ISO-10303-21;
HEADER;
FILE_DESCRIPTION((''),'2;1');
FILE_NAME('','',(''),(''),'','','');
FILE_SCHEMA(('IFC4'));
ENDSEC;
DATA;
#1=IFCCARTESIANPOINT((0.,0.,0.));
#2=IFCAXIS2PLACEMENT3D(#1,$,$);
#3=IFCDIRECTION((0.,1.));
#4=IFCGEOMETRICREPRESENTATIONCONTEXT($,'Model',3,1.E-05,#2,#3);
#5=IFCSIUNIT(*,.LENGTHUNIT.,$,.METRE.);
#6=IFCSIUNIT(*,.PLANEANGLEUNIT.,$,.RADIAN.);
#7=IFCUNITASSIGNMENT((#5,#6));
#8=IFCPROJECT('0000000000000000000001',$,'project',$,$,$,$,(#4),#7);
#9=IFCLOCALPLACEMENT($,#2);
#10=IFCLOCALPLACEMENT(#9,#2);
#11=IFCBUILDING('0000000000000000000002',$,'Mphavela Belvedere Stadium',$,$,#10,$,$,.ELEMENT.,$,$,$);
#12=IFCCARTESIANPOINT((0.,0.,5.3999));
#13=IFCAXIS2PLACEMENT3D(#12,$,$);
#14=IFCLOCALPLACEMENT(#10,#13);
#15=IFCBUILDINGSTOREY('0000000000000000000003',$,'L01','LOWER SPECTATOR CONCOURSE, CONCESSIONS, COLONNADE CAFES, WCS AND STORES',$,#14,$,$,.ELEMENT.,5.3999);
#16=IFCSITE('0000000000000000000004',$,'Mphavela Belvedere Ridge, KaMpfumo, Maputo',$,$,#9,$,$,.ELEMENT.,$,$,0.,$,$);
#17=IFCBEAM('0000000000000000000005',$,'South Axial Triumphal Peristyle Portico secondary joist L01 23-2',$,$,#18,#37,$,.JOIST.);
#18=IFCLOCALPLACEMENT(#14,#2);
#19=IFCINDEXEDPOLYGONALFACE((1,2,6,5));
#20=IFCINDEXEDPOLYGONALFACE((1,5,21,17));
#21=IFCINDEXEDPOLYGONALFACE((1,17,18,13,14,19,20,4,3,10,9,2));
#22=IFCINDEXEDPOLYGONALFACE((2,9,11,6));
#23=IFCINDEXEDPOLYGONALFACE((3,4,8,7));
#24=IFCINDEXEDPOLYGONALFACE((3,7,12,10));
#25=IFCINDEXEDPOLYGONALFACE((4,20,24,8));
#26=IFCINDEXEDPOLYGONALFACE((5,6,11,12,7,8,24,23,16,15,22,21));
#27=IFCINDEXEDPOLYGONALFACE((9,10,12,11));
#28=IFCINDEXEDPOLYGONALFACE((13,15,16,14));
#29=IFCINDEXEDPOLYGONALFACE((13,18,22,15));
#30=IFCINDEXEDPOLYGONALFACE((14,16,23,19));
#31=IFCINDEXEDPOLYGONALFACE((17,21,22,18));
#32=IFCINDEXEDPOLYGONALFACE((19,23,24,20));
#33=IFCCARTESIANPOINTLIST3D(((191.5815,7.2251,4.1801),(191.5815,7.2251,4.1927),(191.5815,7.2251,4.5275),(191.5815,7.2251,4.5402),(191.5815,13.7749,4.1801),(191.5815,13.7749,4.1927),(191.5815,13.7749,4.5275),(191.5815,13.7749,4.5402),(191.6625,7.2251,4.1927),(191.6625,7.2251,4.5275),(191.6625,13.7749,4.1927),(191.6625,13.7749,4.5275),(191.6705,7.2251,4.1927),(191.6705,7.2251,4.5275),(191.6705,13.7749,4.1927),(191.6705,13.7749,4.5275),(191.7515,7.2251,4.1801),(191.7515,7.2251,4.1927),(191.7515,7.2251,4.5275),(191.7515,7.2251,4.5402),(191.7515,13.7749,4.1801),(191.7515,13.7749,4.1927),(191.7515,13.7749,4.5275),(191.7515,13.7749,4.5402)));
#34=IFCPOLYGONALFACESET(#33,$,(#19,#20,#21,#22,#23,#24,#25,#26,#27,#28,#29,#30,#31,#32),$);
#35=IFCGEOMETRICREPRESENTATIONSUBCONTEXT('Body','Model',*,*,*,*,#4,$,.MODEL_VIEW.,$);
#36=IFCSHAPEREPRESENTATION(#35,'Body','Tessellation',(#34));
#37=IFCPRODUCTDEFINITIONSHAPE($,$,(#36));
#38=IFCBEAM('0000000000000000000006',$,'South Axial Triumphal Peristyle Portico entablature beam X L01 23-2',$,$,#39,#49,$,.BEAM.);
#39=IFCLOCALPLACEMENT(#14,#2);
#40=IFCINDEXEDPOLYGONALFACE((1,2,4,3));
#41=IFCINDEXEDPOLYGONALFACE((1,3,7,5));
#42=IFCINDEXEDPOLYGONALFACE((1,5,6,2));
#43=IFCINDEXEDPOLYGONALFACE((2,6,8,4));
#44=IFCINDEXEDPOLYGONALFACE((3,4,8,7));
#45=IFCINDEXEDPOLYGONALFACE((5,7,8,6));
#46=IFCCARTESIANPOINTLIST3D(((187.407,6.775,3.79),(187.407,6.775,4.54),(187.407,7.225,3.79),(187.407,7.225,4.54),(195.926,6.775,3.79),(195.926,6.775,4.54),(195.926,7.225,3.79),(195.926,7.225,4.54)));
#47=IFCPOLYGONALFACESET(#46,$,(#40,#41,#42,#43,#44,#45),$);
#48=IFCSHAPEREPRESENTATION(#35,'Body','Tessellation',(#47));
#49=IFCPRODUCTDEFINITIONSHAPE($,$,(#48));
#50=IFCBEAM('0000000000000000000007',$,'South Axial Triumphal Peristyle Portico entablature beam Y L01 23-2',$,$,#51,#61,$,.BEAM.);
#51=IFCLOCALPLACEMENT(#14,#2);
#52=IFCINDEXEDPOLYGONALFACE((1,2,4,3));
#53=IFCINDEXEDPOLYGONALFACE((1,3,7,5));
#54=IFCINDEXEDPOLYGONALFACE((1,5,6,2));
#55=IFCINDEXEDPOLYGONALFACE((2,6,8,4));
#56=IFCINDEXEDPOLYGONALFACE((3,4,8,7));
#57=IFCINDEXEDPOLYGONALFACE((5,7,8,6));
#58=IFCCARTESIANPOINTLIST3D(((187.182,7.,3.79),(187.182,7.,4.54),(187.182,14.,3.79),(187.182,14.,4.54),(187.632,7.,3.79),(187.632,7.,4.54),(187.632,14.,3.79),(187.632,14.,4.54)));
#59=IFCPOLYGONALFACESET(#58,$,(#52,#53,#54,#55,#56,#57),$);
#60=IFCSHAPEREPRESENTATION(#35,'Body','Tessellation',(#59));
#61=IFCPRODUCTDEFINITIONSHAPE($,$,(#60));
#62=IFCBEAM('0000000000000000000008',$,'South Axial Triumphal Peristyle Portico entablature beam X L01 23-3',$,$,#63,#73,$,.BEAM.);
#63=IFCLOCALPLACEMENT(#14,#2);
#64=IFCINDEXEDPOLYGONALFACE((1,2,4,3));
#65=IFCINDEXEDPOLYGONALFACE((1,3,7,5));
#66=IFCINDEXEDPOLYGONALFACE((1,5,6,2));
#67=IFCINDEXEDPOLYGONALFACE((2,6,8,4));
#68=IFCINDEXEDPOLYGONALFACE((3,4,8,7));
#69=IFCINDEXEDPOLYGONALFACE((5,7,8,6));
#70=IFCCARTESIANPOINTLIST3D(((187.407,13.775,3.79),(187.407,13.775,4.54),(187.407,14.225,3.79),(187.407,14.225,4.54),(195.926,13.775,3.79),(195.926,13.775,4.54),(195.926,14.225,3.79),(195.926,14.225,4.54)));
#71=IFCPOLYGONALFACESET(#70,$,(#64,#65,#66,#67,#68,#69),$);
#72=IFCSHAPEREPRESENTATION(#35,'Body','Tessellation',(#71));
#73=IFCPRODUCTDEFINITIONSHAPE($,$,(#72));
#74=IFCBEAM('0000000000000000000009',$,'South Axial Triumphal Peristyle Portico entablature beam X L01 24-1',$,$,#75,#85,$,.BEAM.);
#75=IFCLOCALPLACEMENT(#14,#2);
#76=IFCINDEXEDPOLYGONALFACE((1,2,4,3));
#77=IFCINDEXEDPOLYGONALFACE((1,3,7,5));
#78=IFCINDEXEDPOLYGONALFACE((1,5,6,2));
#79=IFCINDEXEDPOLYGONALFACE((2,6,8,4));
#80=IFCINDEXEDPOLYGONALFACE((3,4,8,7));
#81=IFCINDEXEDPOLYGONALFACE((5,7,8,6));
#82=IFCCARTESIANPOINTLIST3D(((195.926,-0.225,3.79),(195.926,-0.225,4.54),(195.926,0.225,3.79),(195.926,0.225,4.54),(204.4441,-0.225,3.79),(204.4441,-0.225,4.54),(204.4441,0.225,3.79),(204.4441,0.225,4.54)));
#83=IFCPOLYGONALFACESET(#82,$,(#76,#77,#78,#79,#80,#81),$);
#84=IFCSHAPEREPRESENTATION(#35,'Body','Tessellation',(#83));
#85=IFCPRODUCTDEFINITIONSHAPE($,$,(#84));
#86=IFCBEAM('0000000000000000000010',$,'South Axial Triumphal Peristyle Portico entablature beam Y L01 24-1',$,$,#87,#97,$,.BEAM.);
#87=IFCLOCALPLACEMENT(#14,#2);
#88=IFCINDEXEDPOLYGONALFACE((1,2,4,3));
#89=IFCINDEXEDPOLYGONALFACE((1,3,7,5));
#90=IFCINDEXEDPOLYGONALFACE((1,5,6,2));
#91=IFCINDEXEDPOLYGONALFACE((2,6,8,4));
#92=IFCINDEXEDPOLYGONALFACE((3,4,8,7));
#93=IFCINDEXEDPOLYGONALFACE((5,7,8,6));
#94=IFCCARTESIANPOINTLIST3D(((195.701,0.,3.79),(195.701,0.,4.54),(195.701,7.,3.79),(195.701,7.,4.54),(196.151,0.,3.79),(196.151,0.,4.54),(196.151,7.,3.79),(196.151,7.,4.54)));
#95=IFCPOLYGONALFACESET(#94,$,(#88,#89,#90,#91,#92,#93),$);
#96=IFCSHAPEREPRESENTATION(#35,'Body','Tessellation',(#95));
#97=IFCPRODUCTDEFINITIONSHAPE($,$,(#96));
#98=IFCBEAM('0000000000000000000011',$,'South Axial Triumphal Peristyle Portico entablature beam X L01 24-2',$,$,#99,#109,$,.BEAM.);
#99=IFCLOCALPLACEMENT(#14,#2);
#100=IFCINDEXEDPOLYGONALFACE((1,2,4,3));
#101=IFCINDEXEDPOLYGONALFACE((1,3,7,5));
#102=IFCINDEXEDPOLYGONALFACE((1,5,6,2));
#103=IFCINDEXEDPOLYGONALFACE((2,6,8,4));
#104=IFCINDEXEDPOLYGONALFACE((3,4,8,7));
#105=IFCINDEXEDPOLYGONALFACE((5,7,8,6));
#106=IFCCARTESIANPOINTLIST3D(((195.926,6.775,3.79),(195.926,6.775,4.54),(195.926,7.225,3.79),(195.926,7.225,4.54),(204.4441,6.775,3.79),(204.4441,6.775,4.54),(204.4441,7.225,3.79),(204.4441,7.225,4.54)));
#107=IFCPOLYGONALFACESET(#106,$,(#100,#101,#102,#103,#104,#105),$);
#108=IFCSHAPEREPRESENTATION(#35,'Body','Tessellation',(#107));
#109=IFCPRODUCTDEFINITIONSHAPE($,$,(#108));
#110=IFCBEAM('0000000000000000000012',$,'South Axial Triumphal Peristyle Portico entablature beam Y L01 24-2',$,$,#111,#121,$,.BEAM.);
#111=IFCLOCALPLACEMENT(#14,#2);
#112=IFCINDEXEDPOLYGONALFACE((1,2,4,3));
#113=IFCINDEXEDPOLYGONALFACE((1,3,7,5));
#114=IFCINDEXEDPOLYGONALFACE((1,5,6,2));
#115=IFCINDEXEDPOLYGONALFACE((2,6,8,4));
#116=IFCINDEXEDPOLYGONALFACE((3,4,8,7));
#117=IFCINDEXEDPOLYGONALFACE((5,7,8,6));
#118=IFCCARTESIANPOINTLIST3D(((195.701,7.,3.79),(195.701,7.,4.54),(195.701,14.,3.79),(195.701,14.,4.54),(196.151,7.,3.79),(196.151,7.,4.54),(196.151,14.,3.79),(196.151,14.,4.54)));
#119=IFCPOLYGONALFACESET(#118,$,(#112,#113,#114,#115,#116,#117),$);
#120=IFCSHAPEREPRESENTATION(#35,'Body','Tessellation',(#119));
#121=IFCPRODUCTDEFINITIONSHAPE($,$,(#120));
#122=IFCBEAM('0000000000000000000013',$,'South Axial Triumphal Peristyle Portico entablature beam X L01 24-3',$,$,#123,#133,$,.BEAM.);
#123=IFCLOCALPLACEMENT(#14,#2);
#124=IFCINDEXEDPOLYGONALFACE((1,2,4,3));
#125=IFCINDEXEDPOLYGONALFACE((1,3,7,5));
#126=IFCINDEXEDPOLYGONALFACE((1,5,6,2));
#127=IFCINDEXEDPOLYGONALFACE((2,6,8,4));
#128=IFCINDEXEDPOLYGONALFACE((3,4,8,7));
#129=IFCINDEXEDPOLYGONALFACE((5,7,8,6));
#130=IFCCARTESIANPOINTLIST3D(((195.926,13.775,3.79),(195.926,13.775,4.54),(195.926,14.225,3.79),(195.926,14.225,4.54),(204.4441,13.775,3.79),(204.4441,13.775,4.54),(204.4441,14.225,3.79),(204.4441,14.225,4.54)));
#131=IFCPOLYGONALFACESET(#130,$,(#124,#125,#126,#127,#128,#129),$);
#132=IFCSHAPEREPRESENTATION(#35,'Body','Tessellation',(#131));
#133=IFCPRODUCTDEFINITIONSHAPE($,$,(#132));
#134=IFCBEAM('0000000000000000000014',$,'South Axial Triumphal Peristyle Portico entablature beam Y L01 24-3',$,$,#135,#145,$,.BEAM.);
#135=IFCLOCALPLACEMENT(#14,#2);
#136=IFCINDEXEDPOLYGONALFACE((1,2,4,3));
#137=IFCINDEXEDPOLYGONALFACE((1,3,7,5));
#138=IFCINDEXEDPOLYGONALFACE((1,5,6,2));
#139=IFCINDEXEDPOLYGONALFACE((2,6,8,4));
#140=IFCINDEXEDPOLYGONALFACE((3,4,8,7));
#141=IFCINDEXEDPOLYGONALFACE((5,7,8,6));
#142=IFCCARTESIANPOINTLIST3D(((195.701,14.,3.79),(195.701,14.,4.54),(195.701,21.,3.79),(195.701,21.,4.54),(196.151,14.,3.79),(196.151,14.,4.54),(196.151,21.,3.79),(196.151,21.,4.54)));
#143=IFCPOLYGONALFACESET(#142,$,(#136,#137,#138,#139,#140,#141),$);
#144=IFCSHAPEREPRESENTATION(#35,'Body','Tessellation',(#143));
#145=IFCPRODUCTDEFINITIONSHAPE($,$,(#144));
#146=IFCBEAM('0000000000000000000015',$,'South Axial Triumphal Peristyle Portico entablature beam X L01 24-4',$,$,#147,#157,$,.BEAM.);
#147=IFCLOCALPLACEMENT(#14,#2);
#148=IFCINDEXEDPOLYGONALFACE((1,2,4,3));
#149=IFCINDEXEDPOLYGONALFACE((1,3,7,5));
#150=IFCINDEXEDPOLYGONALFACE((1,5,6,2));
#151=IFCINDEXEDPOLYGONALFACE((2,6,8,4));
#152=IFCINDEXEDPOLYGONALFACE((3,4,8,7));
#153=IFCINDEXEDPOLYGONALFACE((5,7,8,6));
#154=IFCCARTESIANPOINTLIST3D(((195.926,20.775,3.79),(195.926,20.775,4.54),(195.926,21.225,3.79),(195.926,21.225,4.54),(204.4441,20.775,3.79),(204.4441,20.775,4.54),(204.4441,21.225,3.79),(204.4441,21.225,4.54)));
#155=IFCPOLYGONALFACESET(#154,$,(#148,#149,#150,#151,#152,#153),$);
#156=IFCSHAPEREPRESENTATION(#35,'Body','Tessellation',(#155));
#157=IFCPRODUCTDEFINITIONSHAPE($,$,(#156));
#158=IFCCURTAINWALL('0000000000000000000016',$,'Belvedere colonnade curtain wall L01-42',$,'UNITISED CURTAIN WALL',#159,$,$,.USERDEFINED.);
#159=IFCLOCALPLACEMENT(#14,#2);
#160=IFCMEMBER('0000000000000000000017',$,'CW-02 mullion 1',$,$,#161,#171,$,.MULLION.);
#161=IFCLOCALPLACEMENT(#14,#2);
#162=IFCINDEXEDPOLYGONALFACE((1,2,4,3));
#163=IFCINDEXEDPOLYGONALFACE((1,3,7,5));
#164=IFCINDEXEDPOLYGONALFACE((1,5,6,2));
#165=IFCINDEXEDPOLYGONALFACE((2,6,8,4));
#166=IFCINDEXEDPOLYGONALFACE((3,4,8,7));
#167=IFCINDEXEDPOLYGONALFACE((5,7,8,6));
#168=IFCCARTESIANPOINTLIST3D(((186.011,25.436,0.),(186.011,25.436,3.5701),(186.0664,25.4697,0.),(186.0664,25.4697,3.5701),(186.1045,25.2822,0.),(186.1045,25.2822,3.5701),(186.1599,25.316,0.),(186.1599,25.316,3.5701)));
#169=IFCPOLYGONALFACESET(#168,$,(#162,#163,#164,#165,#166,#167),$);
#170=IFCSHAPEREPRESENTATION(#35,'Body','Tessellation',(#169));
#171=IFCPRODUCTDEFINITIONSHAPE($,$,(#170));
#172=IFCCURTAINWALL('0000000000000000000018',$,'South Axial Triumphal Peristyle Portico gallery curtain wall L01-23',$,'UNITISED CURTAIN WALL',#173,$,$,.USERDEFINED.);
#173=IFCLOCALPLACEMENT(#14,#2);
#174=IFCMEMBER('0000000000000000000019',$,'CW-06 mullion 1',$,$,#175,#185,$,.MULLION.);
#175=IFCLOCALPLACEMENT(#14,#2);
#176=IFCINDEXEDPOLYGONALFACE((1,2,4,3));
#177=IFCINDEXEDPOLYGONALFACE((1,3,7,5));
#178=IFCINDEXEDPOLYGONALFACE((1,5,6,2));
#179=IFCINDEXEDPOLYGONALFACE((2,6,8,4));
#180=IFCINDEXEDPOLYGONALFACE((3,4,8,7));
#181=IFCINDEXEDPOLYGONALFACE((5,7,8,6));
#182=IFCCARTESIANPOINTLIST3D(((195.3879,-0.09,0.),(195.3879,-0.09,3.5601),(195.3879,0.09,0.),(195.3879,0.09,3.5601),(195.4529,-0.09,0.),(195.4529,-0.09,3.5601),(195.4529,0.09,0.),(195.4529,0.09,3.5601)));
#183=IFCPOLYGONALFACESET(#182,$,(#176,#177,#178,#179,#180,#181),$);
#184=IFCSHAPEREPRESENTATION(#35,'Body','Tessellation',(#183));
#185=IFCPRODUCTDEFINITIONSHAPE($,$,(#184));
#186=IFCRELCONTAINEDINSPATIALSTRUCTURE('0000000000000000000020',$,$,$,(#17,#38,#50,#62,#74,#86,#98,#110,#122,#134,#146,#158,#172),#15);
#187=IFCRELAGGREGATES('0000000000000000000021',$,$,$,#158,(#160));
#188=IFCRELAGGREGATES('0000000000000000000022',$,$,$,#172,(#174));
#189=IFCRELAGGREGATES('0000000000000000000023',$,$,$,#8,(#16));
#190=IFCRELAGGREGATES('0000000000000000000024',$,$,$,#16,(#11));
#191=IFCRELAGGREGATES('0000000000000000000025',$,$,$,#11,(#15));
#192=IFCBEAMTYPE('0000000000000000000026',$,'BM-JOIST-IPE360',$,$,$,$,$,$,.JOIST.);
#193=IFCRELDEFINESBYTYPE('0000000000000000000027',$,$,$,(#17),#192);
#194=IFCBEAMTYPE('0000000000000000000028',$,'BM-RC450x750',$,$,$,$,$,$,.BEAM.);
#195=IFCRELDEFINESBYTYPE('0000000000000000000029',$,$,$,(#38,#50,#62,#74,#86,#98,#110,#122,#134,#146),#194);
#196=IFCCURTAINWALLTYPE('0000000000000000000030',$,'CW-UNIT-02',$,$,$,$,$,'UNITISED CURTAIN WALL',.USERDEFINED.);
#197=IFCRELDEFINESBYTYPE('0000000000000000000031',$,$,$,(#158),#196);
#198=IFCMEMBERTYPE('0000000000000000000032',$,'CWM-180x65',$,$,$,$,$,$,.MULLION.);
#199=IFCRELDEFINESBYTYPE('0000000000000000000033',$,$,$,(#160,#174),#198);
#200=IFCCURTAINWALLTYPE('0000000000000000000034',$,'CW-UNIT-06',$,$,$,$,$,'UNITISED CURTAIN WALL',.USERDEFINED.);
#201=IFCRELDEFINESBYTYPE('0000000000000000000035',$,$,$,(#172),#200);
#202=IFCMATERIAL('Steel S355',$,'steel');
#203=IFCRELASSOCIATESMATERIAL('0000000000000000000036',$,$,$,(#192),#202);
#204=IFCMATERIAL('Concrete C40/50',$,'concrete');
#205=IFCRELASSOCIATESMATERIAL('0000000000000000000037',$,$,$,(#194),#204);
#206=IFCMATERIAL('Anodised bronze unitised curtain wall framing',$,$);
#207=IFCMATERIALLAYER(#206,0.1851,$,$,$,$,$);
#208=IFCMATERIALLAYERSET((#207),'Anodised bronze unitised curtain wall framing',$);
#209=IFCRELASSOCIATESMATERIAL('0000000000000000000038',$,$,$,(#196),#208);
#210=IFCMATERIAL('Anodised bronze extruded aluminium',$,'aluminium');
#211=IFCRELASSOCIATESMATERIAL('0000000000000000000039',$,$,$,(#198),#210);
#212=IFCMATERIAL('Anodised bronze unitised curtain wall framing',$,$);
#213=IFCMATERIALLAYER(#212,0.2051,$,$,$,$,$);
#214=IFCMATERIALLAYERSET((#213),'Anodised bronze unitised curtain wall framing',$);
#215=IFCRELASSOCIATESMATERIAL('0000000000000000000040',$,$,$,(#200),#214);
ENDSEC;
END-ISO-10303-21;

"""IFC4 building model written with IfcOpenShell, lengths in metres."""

from ifc_helpers import new_model, si_unit, direction, frame, origin, origin_2d, place, context, subcontext, project, spatial, rectangle, i_section, extrude, material, layer, layer_set, material_profile, profile_set, type_object, element, aggregate, save


model = new_model("IFC4")

# Units and contexts
model_context = context("Model", 3, precision=1e-05, world=origin(), true_north=direction((0.0, 1.0)))
body_context = subcontext(model_context, "Body", "Model", "MODEL_VIEW")
ifc_project = project(units=[si_unit("LENGTHUNIT", "METRE"), si_unit("PLANEANGLEUNIT", "RADIAN")], contexts=[model_context])

# Site, building, storey
site_placement = place(None, origin())
site = spatial("IfcSite", under=ifc_project, at=site_placement, Name="Mphavela Belvedere Ridge, KaMpfumo, Maputo", CompositionType="ELEMENT", RefElevation=0.0)
building_placement = place(site_placement, origin())
building = spatial("IfcBuilding", under=site, at=building_placement, Name="Mphavela Belvedere Stadium", CompositionType="ELEMENT")
storey_placement = place(building_placement, frame((0.0, 0.0, 5.3999)))
storey = spatial("IfcBuildingStorey", under=building, at=storey_placement, Name="L01", Description="LOWER SPECTATOR CONCOURSE, CONCESSIONS, COLONNADE CAFES, WCS AND STORES", CompositionType="ELEMENT", Elevation=5.3999)

# Beams
ifc_material_1 = material(Name="Steel S355", Category="steel")
ifc_material_profile_1 = material_profile(ifc_material_1, i_section(OverallWidth=0.1699, OverallDepth=0.3601, WebThickness=0.0081, FlangeThickness=0.0127, at=origin_2d()), Name="IPE 360")
ifc_profile_set_1 = profile_set([ifc_material_profile_1], Name="Steel S355")
beam_type_1 = type_object("IfcBeamType", Name="BM-JOIST-IPE360", PredefinedType="JOIST", material=ifc_profile_set_1)
for number, where, z_axis, x_axis, name in (
    (1, (191.6665, 7.2251, 4.3601), (0.0, 1.0, 0.0), (-1.0, 0.0, 0.0), "South Axial Triumphal Peristyle Portico secondary joist L01 23-2"),
):
    element("IfcBeam", number, at=place(storey_placement, frame(where, z_axis=z_axis, x_axis=x_axis)), inside=storey, type_object=beam_type_1, Name=name, PredefinedType="JOIST", context=body_context, shape_type="SweptSolid", body=[
        extrude(i_section(OverallWidth=0.1699, OverallDepth=0.3601, WebThickness=0.0081, FlangeThickness=0.0127, at=origin_2d()), origin(), (0.0, 0.0, 1.0), 6.5498),
    ])
ifc_material_2 = material(Name="Concrete C40/50", Category="concrete")
ifc_material_profile_2 = material_profile(ifc_material_2, rectangle(XDim=0.45, YDim=0.75, at=origin_2d()), Name="RC 450x750")
ifc_profile_set_2 = profile_set([ifc_material_profile_2], Name="Concrete C40/50")
beam_type_2 = type_object("IfcBeamType", Name="BM-RC450x750", PredefinedType="BEAM", material=ifc_profile_set_2)
beam_1_placement = place(storey_placement, frame((187.407, 7.0, 4.165), z_axis=(1.0, 0.0, 0.0), x_axis=(0.0, 1.0, 0.0)))
element("IfcBeam", 2, at=beam_1_placement, inside=storey, type_object=beam_type_2, Name="South Axial Triumphal Peristyle Portico entablature beam X L01 23-2", PredefinedType="BEAM", context=body_context, shape_type="SweptSolid", body=[
    extrude(rectangle(XDim=0.45, YDim=0.75, at=origin_2d()), origin(), (0.0, 0.0, 1.0), 8.519),
])
beam_2_placement = place(storey_placement, frame((187.407, 7.0, 4.165), z_axis=(0.0, 1.0, 0.0), x_axis=(-1.0, 0.0, 0.0)))
element("IfcBeam", 3, at=beam_2_placement, inside=storey, type_object=beam_type_2, Name="South Axial Triumphal Peristyle Portico entablature beam Y L01 23-2", PredefinedType="BEAM", context=body_context, shape_type="SweptSolid", body=[
    extrude(rectangle(XDim=0.45, YDim=0.75, at=origin_2d()), origin(), (0.0, 0.0, 1.0), 7.0),
])
beam_3_placement = place(storey_placement, frame((187.407, 14.0, 4.165), z_axis=(1.0, 0.0, 0.0), x_axis=(0.0, 1.0, 0.0)))
element("IfcBeam", 4, at=beam_3_placement, inside=storey, type_object=beam_type_2, Name="South Axial Triumphal Peristyle Portico entablature beam X L01 23-3", PredefinedType="BEAM", context=body_context, shape_type="SweptSolid", body=[
    extrude(rectangle(XDim=0.45, YDim=0.75, at=origin_2d()), origin(), (0.0, 0.0, 1.0), 8.519),
])
beam_4_placement = place(storey_placement, frame((195.926, 0.0, 4.165), z_axis=(1.0, 0.0, 0.0), x_axis=(0.0, 1.0, 0.0)))
element("IfcBeam", 5, at=beam_4_placement, inside=storey, type_object=beam_type_2, Name="South Axial Triumphal Peristyle Portico entablature beam X L01 24-1", PredefinedType="BEAM", context=body_context, shape_type="SweptSolid", body=[
    extrude(rectangle(XDim=0.45, YDim=0.75, at=origin_2d()), origin(), (0.0, 0.0, 1.0), 8.5181),
])
beam_5_placement = place(storey_placement, frame((195.926, 0.0, 4.165), z_axis=(0.0, 1.0, 0.0), x_axis=(-1.0, 0.0, 0.0)))
element("IfcBeam", 6, at=beam_5_placement, inside=storey, type_object=beam_type_2, Name="South Axial Triumphal Peristyle Portico entablature beam Y L01 24-1", PredefinedType="BEAM", context=body_context, shape_type="SweptSolid", body=[
    extrude(rectangle(XDim=0.45, YDim=0.75, at=origin_2d()), origin(), (0.0, 0.0, 1.0), 7.0),
])
beam_6_placement = place(storey_placement, frame((195.926, 7.0, 4.165), z_axis=(1.0, 0.0, 0.0), x_axis=(0.0, 1.0, 0.0)))
element("IfcBeam", 7, at=beam_6_placement, inside=storey, type_object=beam_type_2, Name="South Axial Triumphal Peristyle Portico entablature beam X L01 24-2", PredefinedType="BEAM", context=body_context, shape_type="SweptSolid", body=[
    extrude(rectangle(XDim=0.45, YDim=0.75, at=origin_2d()), origin(), (0.0, 0.0, 1.0), 8.5181),
])
beam_7_placement = place(storey_placement, frame((195.926, 7.0, 4.165), z_axis=(0.0, 1.0, 0.0), x_axis=(-1.0, 0.0, 0.0)))
element("IfcBeam", 8, at=beam_7_placement, inside=storey, type_object=beam_type_2, Name="South Axial Triumphal Peristyle Portico entablature beam Y L01 24-2", PredefinedType="BEAM", context=body_context, shape_type="SweptSolid", body=[
    extrude(rectangle(XDim=0.45, YDim=0.75, at=origin_2d()), origin(), (0.0, 0.0, 1.0), 7.0),
])
beam_8_placement = place(storey_placement, frame((195.926, 14.0, 4.165), z_axis=(1.0, 0.0, 0.0), x_axis=(0.0, 1.0, 0.0)))
element("IfcBeam", 9, at=beam_8_placement, inside=storey, type_object=beam_type_2, Name="South Axial Triumphal Peristyle Portico entablature beam X L01 24-3", PredefinedType="BEAM", context=body_context, shape_type="SweptSolid", body=[
    extrude(rectangle(XDim=0.45, YDim=0.75, at=origin_2d()), origin(), (0.0, 0.0, 1.0), 8.5181),
])
beam_9_placement = place(storey_placement, frame((195.926, 14.0, 4.165), z_axis=(0.0, 1.0, 0.0), x_axis=(-1.0, 0.0, 0.0)))
element("IfcBeam", 10, at=beam_9_placement, inside=storey, type_object=beam_type_2, Name="South Axial Triumphal Peristyle Portico entablature beam Y L01 24-3", PredefinedType="BEAM", context=body_context, shape_type="SweptSolid", body=[
    extrude(rectangle(XDim=0.45, YDim=0.75, at=origin_2d()), origin(), (0.0, 0.0, 1.0), 7.0),
])
beam_10_placement = place(storey_placement, frame((195.926, 21.0, 4.165), z_axis=(1.0, 0.0, 0.0), x_axis=(0.0, 1.0, 0.0)))
element("IfcBeam", 11, at=beam_10_placement, inside=storey, type_object=beam_type_2, Name="South Axial Triumphal Peristyle Portico entablature beam X L01 24-4", PredefinedType="BEAM", context=body_context, shape_type="SweptSolid", body=[
    extrude(rectangle(XDim=0.45, YDim=0.75, at=origin_2d()), origin(), (0.0, 0.0, 1.0), 8.5181),
])

# Curtain wall, member
ifc_material_3 = material(Name="Anodised bronze unitised curtain wall framing")
ifc_layer_1 = layer(ifc_material_3, 0.1851)
ifc_layer_set_1 = layer_set([ifc_layer_1], Name="Anodised bronze unitised curtain wall framing")
curtain_wall_type_1 = type_object("IfcCurtainWallType", Name="CW-UNIT-02", ElementType="UNITISED CURTAIN WALL", PredefinedType="USERDEFINED", material=ifc_layer_set_1)
curtain_wall_1_placement = place(storey_placement, origin())
curtain_wall_1 = element("IfcCurtainWall", 12, at=curtain_wall_1_placement, inside=storey, type_object=curtain_wall_type_1, Name="Belvedere colonnade curtain wall L01-42", ObjectType="UNITISED CURTAIN WALL", PredefinedType="USERDEFINED")
ifc_material_4 = material(Name="Anodised bronze extruded aluminium", Category="aluminium")
ifc_material_profile_3 = material_profile(ifc_material_4, rectangle(XDim=0.1799, YDim=0.0649, at=origin_2d()), Name="CW-MUL 180x65")
ifc_profile_set_3 = profile_set([ifc_material_profile_3], Name="Anodised bronze extruded aluminium")
member_type_1 = type_object("IfcMemberType", Name="CWM-180x65", PredefinedType="MULLION", material=ifc_profile_set_3)
member_1_placement = place(storey_placement, frame((186.0854, 25.376, 0.0), z_axis=(0.0, 0.0, 1.0), x_axis=(-0.519735, 0.854328, 0.0)))
member_1 = element("IfcMember", 13, at=member_1_placement, type_object=member_type_1, Name="CW-02 mullion 1", PredefinedType="MULLION", context=body_context, shape_type="SweptSolid", body=[
    extrude(rectangle(XDim=0.1799, YDim=0.0649, at=origin_2d()), origin(), (0.0, 0.0, 1.0), 3.5701),
])
aggregate(curtain_wall_1, [member_1])

# Curtain wall, member
ifc_material_5 = material(Name="Anodised bronze unitised curtain wall framing")
ifc_layer_2 = layer(ifc_material_5, 0.2051)
ifc_layer_set_2 = layer_set([ifc_layer_2], Name="Anodised bronze unitised curtain wall framing")
curtain_wall_type_2 = type_object("IfcCurtainWallType", Name="CW-UNIT-06", ElementType="UNITISED CURTAIN WALL", PredefinedType="USERDEFINED", material=ifc_layer_set_2)
curtain_wall_2_placement = place(storey_placement, origin())
curtain_wall_2 = element("IfcCurtainWall", 14, at=curtain_wall_2_placement, inside=storey, type_object=curtain_wall_type_2, Name="South Axial Triumphal Peristyle Portico gallery curtain wall L01-23", ObjectType="UNITISED CURTAIN WALL", PredefinedType="USERDEFINED")
member_2_placement = place(storey_placement, frame((195.4204, 0.0, 0.0), z_axis=(0.0, 0.0, 1.0), x_axis=(0.0, -1.0, 0.0)))
member_2 = element("IfcMember", 15, at=member_2_placement, type_object=member_type_1, Name="CW-06 mullion 1", PredefinedType="MULLION", context=body_context, shape_type="SweptSolid", body=[
    extrude(rectangle(XDim=0.1799, YDim=0.0649, at=origin_2d()), origin(), (0.0, 0.0, 1.0), 3.5601),
])
aggregate(curtain_wall_2, [member_2])

save(model, "model.ifc")
